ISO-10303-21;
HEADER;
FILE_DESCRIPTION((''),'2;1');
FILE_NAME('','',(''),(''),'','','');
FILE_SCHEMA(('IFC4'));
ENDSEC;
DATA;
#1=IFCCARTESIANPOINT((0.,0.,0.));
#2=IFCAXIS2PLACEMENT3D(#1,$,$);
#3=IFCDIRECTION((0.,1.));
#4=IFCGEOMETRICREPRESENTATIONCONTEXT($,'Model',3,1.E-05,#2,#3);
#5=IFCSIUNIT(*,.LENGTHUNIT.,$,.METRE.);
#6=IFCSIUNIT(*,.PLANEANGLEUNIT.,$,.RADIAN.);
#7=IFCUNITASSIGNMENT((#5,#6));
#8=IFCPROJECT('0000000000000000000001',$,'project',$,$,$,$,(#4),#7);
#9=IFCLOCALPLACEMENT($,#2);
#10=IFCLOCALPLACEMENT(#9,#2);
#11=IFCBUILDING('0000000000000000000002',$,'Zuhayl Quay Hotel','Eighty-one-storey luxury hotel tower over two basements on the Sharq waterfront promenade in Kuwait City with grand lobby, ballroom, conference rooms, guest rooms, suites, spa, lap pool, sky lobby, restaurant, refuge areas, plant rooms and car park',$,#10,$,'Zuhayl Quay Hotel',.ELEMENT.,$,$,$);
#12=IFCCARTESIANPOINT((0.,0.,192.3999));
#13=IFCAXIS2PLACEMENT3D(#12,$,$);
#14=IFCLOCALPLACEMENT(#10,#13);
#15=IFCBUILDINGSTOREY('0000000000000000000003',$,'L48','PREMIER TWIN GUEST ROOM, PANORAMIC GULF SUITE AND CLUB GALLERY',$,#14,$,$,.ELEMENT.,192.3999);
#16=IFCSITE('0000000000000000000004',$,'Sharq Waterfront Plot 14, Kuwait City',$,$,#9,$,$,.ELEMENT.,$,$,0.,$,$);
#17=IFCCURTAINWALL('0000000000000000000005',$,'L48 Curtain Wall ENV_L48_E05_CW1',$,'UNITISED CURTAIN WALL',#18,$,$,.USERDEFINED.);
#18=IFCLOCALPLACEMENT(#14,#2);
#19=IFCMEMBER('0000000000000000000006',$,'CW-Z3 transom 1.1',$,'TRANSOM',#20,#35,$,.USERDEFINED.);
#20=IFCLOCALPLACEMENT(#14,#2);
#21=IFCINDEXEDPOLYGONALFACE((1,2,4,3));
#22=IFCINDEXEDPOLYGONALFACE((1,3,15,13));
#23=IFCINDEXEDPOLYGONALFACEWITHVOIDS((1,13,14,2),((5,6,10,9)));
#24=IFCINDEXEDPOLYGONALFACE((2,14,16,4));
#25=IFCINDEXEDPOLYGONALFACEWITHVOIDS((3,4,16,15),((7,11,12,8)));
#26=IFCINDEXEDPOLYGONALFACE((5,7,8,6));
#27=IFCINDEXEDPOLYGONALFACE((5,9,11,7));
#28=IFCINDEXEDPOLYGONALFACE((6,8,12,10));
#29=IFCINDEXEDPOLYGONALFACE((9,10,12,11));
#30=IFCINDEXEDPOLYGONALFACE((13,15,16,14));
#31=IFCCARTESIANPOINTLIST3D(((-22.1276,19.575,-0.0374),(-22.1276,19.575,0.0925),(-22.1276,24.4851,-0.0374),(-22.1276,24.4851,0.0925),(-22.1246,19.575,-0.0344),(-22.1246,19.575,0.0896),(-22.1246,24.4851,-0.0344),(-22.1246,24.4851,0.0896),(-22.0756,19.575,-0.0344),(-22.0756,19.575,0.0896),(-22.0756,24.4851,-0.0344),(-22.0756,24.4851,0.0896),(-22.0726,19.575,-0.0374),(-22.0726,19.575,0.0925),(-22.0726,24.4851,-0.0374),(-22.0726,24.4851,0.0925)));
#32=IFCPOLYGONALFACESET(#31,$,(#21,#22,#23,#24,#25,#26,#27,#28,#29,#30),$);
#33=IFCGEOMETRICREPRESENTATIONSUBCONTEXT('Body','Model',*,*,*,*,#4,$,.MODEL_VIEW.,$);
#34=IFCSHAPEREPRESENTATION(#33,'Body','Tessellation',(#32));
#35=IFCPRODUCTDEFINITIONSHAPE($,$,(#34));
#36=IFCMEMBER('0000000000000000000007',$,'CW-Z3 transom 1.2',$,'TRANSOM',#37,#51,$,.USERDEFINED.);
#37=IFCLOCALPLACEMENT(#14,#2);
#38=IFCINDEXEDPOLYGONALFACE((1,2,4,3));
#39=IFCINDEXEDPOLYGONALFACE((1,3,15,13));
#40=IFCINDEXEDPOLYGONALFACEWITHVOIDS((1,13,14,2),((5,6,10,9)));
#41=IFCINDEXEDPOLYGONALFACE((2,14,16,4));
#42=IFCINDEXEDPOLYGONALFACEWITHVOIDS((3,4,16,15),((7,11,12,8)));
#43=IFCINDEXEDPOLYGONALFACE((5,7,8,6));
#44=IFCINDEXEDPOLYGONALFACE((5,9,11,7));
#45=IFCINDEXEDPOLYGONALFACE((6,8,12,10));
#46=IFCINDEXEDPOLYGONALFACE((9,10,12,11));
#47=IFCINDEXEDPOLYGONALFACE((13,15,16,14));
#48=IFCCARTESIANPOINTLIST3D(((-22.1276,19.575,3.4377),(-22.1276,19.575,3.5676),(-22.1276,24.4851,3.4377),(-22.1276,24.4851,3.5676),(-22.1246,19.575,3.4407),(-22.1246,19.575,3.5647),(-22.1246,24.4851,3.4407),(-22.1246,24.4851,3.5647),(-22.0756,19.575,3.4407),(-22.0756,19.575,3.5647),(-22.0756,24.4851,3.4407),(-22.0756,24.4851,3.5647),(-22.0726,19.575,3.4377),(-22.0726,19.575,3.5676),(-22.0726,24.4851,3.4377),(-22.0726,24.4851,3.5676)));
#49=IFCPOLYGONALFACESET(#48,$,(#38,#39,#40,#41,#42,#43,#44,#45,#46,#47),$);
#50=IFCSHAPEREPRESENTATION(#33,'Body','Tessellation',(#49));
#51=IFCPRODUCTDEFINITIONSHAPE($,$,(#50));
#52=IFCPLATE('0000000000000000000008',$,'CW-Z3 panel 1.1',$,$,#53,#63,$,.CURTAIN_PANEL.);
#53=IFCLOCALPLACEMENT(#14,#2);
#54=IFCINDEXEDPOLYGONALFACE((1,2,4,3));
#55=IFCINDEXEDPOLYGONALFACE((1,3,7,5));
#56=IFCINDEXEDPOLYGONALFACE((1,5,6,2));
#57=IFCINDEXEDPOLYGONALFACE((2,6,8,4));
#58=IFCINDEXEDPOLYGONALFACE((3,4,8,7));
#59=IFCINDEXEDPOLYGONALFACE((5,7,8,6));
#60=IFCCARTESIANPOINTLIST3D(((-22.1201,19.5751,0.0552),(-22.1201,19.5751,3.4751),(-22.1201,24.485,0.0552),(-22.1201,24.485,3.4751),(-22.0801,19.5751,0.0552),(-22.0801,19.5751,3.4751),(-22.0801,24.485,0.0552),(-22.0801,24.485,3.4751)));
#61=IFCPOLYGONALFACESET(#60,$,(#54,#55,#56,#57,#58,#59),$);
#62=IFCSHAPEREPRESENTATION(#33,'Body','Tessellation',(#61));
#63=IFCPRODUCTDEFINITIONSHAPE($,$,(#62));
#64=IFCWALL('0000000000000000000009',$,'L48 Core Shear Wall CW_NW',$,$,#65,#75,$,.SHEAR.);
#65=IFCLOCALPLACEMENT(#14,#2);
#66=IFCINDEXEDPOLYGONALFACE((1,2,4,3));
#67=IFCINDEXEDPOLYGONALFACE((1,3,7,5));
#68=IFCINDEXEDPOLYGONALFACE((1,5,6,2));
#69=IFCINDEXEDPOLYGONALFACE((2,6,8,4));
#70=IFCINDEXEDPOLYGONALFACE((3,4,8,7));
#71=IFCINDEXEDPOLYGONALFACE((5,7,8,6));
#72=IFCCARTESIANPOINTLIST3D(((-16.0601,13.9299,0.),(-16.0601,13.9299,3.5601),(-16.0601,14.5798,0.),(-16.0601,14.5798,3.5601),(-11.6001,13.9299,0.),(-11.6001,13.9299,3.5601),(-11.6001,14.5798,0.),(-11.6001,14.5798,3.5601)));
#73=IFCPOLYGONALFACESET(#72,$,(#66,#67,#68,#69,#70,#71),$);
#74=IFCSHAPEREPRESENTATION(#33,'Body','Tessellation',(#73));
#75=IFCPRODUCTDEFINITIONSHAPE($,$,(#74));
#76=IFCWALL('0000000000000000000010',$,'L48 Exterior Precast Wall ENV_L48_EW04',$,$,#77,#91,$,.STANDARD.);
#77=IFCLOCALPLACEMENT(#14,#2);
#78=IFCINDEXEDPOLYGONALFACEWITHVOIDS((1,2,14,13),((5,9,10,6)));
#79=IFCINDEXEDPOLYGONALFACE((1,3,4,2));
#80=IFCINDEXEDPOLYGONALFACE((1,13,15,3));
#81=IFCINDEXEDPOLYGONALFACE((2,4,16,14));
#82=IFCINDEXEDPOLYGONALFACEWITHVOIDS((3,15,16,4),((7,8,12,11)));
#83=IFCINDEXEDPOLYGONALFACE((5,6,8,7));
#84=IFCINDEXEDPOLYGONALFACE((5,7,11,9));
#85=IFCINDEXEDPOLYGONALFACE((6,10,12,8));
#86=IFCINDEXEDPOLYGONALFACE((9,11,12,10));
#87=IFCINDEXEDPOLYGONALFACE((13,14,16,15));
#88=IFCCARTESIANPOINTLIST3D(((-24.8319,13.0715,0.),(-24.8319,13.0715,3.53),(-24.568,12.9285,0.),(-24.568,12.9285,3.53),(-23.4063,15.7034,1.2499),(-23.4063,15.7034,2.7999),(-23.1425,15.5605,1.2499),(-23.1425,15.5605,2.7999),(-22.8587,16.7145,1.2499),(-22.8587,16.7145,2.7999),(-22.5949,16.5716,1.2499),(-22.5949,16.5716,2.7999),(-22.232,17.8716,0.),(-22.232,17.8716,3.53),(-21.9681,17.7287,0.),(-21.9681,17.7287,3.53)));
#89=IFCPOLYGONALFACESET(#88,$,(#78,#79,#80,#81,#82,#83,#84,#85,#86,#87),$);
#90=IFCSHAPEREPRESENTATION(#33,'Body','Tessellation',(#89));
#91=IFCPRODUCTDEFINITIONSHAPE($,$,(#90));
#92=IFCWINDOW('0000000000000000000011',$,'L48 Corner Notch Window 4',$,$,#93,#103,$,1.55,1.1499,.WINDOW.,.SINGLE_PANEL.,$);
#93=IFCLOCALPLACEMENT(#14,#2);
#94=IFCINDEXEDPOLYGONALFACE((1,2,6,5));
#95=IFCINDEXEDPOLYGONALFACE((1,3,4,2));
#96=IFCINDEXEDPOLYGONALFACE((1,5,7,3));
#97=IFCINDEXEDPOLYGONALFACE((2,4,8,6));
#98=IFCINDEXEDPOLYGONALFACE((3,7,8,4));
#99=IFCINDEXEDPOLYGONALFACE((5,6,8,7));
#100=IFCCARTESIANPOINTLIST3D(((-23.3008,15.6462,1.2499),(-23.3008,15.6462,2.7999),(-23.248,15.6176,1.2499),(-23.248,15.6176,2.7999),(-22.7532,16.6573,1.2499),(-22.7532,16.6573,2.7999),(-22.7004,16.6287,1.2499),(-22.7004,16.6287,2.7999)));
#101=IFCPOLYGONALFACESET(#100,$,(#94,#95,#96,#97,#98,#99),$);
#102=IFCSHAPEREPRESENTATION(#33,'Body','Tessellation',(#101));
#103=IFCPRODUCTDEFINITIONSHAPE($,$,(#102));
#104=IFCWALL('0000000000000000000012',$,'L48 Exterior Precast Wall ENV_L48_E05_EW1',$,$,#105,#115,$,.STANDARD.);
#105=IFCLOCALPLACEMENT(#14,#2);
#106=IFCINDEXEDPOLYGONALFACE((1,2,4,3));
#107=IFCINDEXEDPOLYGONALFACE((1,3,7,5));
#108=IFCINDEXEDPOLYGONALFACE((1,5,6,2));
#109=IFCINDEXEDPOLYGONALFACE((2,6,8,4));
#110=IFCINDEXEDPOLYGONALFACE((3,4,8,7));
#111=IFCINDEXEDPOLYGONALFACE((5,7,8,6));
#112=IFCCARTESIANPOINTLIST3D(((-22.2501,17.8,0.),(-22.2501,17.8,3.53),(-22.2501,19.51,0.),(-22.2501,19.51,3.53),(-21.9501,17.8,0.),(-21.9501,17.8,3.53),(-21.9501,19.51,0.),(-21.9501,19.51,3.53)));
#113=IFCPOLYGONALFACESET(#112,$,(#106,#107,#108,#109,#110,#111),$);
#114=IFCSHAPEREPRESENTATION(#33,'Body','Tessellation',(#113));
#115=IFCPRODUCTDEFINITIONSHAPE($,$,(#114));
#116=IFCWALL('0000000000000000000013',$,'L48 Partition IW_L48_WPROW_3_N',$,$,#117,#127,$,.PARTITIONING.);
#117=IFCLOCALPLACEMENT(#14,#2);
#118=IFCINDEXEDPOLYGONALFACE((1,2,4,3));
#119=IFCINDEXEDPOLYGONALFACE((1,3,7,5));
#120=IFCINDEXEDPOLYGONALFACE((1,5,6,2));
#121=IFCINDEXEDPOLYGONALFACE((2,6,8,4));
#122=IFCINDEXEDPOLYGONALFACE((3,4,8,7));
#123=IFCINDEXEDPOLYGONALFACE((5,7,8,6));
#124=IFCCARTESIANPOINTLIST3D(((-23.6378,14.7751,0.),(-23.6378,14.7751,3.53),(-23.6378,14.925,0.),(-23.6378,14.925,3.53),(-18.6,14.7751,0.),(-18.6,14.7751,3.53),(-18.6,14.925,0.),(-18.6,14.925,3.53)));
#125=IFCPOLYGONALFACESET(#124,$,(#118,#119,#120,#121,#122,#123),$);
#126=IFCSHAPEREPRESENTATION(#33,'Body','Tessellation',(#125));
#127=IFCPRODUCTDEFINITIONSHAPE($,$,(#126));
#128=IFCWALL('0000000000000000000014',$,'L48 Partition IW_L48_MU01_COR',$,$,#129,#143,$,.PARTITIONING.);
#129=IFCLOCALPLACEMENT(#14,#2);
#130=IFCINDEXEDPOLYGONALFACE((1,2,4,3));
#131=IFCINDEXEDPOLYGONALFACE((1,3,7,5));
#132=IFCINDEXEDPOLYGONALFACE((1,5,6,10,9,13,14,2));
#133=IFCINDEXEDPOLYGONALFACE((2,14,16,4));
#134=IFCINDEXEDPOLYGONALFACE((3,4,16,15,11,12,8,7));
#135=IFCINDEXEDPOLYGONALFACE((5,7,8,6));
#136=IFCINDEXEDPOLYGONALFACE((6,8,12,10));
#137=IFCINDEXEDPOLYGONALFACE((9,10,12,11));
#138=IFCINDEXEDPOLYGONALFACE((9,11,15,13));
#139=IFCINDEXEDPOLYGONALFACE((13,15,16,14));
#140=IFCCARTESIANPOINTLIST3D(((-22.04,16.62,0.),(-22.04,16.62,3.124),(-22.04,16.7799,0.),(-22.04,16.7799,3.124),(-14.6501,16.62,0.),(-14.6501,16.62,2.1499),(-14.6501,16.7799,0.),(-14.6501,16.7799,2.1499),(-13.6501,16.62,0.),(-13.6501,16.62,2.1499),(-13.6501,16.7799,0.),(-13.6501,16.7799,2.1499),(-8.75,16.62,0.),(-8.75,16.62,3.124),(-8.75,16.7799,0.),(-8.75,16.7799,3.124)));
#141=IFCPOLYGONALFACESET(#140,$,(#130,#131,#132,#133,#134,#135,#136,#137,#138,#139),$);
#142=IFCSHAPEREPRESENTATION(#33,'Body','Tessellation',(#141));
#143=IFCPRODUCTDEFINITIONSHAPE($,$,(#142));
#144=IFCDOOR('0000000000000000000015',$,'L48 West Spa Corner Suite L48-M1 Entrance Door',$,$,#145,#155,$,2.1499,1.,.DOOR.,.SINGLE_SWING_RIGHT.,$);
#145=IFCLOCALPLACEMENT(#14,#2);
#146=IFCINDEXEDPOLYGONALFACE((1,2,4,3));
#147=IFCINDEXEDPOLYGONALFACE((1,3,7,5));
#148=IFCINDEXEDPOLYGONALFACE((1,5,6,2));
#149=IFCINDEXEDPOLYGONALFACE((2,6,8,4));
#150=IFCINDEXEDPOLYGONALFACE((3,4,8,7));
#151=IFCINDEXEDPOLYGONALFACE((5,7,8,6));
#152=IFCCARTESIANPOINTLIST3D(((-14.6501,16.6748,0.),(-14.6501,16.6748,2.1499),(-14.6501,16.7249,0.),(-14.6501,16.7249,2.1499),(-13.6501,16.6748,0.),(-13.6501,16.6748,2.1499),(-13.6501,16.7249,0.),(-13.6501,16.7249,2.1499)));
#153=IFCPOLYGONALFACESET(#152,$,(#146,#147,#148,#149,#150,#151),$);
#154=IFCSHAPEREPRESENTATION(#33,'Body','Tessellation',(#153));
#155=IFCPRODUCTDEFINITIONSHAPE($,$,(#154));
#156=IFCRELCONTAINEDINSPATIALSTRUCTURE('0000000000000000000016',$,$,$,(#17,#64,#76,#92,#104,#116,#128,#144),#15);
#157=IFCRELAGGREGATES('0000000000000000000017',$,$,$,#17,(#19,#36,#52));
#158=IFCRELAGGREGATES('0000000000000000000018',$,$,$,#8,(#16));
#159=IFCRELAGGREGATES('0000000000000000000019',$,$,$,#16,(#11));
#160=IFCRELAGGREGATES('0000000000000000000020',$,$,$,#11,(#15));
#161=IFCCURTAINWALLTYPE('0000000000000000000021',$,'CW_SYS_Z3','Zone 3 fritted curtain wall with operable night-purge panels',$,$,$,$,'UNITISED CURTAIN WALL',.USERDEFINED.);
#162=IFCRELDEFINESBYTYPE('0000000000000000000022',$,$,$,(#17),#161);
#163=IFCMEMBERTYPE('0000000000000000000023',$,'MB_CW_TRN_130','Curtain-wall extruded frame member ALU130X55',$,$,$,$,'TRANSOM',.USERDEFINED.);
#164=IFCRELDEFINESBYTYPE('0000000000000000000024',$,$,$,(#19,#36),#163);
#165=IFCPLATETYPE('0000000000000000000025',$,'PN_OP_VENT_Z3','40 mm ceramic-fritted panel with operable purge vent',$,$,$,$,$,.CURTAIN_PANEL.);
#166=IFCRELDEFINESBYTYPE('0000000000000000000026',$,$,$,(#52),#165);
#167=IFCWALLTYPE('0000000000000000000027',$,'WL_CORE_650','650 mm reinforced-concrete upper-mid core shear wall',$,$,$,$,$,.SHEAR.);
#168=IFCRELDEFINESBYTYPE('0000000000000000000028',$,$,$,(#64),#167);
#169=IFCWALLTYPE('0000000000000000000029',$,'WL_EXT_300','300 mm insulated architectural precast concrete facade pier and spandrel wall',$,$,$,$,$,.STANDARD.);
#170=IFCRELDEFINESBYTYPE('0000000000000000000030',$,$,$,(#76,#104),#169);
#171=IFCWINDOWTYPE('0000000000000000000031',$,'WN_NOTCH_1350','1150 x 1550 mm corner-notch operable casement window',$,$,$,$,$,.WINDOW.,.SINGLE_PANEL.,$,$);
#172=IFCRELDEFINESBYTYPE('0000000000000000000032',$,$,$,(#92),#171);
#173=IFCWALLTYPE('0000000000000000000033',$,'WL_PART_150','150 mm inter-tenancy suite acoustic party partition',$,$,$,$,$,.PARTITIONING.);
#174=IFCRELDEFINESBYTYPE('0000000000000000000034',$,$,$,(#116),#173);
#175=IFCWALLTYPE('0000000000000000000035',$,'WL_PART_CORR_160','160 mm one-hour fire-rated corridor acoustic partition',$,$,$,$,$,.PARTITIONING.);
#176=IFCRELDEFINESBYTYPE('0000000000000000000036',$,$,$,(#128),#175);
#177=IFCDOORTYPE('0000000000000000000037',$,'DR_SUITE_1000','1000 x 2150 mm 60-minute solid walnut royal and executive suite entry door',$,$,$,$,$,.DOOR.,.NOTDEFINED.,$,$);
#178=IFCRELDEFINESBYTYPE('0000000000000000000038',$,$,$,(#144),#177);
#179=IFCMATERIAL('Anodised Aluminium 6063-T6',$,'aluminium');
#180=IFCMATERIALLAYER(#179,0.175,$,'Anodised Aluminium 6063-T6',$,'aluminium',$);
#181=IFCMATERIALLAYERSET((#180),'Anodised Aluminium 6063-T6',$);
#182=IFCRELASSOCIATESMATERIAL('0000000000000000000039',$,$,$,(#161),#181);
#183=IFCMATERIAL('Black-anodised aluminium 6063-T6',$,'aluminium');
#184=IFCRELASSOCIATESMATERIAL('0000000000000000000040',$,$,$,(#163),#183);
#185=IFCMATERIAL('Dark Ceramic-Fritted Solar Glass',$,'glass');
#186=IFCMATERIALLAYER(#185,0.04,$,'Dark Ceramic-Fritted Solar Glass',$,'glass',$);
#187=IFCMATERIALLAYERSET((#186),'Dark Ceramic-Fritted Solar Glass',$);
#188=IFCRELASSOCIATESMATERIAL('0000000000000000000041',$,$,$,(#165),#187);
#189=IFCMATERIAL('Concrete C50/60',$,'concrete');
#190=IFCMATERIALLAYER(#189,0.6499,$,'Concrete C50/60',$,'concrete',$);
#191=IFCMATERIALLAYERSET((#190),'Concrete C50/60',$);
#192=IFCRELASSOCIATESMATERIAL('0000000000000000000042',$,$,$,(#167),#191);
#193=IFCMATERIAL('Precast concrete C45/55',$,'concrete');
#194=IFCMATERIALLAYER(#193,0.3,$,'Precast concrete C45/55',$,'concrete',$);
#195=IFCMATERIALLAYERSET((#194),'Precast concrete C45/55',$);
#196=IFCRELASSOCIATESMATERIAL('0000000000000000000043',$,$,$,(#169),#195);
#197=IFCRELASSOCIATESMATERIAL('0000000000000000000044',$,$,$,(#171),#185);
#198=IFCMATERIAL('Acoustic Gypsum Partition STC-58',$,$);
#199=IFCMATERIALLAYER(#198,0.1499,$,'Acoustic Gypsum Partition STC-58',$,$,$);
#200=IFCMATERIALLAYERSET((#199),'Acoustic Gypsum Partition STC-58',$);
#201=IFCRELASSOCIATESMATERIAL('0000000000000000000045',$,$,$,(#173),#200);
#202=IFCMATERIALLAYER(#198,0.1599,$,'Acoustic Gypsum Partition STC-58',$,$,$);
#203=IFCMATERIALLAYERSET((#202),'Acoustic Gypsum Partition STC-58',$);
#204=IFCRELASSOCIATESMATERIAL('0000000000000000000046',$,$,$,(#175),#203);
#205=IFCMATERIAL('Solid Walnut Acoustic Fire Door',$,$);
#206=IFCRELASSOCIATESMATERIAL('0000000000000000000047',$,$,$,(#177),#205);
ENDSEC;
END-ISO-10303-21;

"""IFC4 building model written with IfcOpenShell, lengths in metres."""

from ifc_helpers import new_model, si_unit, direction, frame, frame_2d, origin, origin_2d, place, context, subcontext, project, spatial, rectangle, hollow_rectangle, extrude, material, layer, layer_set, material_profile, profile_set, type_object, element, fill, aggregate, save


model = new_model("IFC4")

# Units and contexts
model_context = context("Model", 3, precision=1e-05, world=origin(), true_north=direction((0.0, 1.0)))
body_context = subcontext(model_context, "Body", "Model", "MODEL_VIEW")
ifc_project = project(units=[si_unit("LENGTHUNIT", "METRE"), si_unit("PLANEANGLEUNIT", "RADIAN")], contexts=[model_context])

# Site, building, storey
site_placement = place(None, origin())
site = spatial("IfcSite", under=ifc_project, at=site_placement, Name="Sharq Waterfront Plot 14, Kuwait City", CompositionType="ELEMENT", RefElevation=0.0)
building_placement = place(site_placement, origin())
building = spatial("IfcBuilding", under=site, at=building_placement, Name="Zuhayl Quay Hotel", Description="Eighty-one-storey luxury hotel tower over two basements on the Sharq waterfront promenade in Kuwait City with grand lobby, ballroom, conference rooms, guest rooms, suites, spa, lap pool, sky lobby, restaurant, refuge areas, plant rooms and car park", LongName="Zuhayl Quay Hotel", CompositionType="ELEMENT")
storey_placement = place(building_placement, frame((0.0, 0.0, 192.3999)))
storey = spatial("IfcBuildingStorey", under=building, at=storey_placement, Name="L48", Description="PREMIER TWIN GUEST ROOM, PANORAMIC GULF SUITE AND CLUB GALLERY", CompositionType="ELEMENT", Elevation=192.3999)

# Curtain wall, members, plate
ifc_material_1 = material(Name="Anodised Aluminium 6063-T6", Category="aluminium")
ifc_layer_1 = layer(ifc_material_1, 0.175, Name="Anodised Aluminium 6063-T6", Category="aluminium")
ifc_layer_set_1 = layer_set([ifc_layer_1], Name="Anodised Aluminium 6063-T6")
curtain_wall_type = type_object("IfcCurtainWallType", Name="CW_SYS_Z3", Description="Zone 3 fritted curtain wall with operable night-purge panels", ElementType="UNITISED CURTAIN WALL", PredefinedType="USERDEFINED", material=ifc_layer_set_1)
curtain_wall_placement = place(storey_placement, origin())
curtain_wall = element("IfcCurtainWall", 1, at=curtain_wall_placement, inside=storey, type_object=curtain_wall_type, Name="L48 Curtain Wall ENV_L48_E05_CW1", ObjectType="UNITISED CURTAIN WALL", PredefinedType="USERDEFINED")
ifc_material_2 = material(Name="Black-anodised aluminium 6063-T6", Category="aluminium")
ifc_material_profile_1 = material_profile(ifc_material_2, hollow_rectangle(XDim=0.0549, YDim=0.1299, WallThickness=0.0029, at=origin_2d()), Name="ALU130X55")
ifc_profile_set_1 = profile_set([ifc_material_profile_1], Name="Black-anodised aluminium 6063-T6")
member_type_1 = type_object("IfcMemberType", Name="MB_CW_TRN_130", Description="Curtain-wall extruded frame member ALU130X55", ElementType="TRANSOM", PredefinedType="USERDEFINED", material=ifc_profile_set_1)
member_1_placement = place(storey_placement, frame((-22.1001, 19.575, 0.0276), z_axis=(0.0, 1.0, 0.0), x_axis=(-1.0, 0.0, 0.0)))
member_1 = element("IfcMember", 2, at=member_1_placement, type_object=member_type_1, Name="CW-Z3 transom 1.1", ObjectType="TRANSOM", PredefinedType="USERDEFINED", context=body_context, shape_type="SweptSolid", body=[
    extrude(hollow_rectangle(XDim=0.0549, YDim=0.1299, WallThickness=0.0029, at=origin_2d()), origin(), (0.0, 0.0, 1.0), 4.9102),
])
member_2_placement = place(storey_placement, frame((-22.1001, 19.575, 3.5027), z_axis=(0.0, 1.0, 0.0), x_axis=(-1.0, 0.0, 0.0)))
member_2 = element("IfcMember", 3, at=member_2_placement, type_object=member_type_1, Name="CW-Z3 transom 1.2", ObjectType="TRANSOM", PredefinedType="USERDEFINED", context=body_context, shape_type="SweptSolid", body=[
    extrude(hollow_rectangle(XDim=0.0549, YDim=0.1299, WallThickness=0.0029, at=origin_2d()), origin(), (0.0, 0.0, 1.0), 4.9102),
])
ifc_material_3 = material(Name="Dark Ceramic-Fritted Solar Glass", Category="glass")
ifc_layer_2 = layer(ifc_material_3, 0.04, Name="Dark Ceramic-Fritted Solar Glass", Category="glass")
ifc_layer_set_2 = layer_set([ifc_layer_2], Name="Dark Ceramic-Fritted Solar Glass")
plate_type = type_object("IfcPlateType", Name="PN_OP_VENT_Z3", Description="40 mm ceramic-fritted panel with operable purge vent", PredefinedType="CURTAIN_PANEL", material=ifc_layer_set_2)
plate_placement = place(storey_placement, frame((-22.1001, 22.03, 0.0552), z_axis=(0.0, 0.0, 1.0), x_axis=(0.0, 1.0, 0.0)))
plate = element("IfcPlate", 4, at=plate_placement, type_object=plate_type, Name="CW-Z3 panel 1.1", PredefinedType="CURTAIN_PANEL", context=body_context, shape_type="SweptSolid", body=[
    extrude(rectangle(XDim=4.9099, YDim=0.04, at=origin_2d()), origin(), (0.0, 0.0, 1.0), 3.4199),
])
aggregate(curtain_wall, [member_1, member_2, plate])

# Wall
ifc_material_4 = material(Name="Concrete C50/60", Category="concrete")
ifc_layer_3 = layer(ifc_material_4, 0.6499, Name="Concrete C50/60", Category="concrete")
ifc_layer_set_3 = layer_set([ifc_layer_3], Name="Concrete C50/60")
wall_type_1 = type_object("IfcWallType", Name="WL_CORE_650", Description="650 mm reinforced-concrete upper-mid core shear wall", PredefinedType="SHEAR", material=ifc_layer_set_3)
wall_1_placement = place(storey_placement, frame((-16.0601, 14.2549, 0.0), z_axis=(0.0, 0.0, 1.0), x_axis=(1.0, 0.0, 0.0)))
element("IfcWall", 5, at=wall_1_placement, inside=storey, type_object=wall_type_1, Name="L48 Core Shear Wall CW_NW", PredefinedType="SHEAR", context=body_context, shape_type="SweptSolid", body=[
    extrude(rectangle(XDim=4.46, YDim=0.6499, at=frame_2d((2.23, 0.0))), origin(), (0.0, 0.0, 1.0), 3.5601),
])

# Wall, opening, window
ifc_material_5 = material(Name="Precast concrete C45/55", Category="concrete")
ifc_layer_4 = layer(ifc_material_5, 0.3, Name="Precast concrete C45/55", Category="concrete")
ifc_layer_set_4 = layer_set([ifc_layer_4], Name="Precast concrete C45/55")
wall_type_2 = type_object("IfcWallType", Name="WL_EXT_300", Description="300 mm insulated architectural precast concrete facade pier and spandrel wall", PredefinedType="STANDARD", material=ifc_layer_set_4)
wall_2_placement = place(storey_placement, frame((-24.7, 13.0, 0.0), z_axis=(0.0, 0.0, 1.0), x_axis=(0.476259, 0.879305, 0.0)))
wall_2 = element("IfcWall", 6, at=wall_2_placement, inside=storey, type_object=wall_type_2, Name="L48 Exterior Precast Wall ENV_L48_EW04", PredefinedType="STANDARD", context=body_context, shape_type="SweptSolid", body=[
    extrude(rectangle(XDim=5.459, YDim=0.3, at=frame_2d((2.7295, 0.0))), origin(), (0.0, 0.0, 1.0), 3.53),
])
opening_1_placement = place(wall_2_placement, frame((2.9932, 0.0, 1.25)))
opening_1 = element("IfcOpeningElement", 7, at=opening_1_placement, cuts=wall_2, PredefinedType="OPENING", context=body_context, shape_type="SweptSolid", body=[
    extrude(rectangle(XDim=1.1499, YDim=1.55, at=frame_2d((0.575, 0.7749))), frame((0.0, 0.1599, 0.0), z_axis=(0.0, -1.0, 0.0), x_axis=(1.0, 0.0, 0.0)), (0.0, 0.0, 1.0), 0.3201),
])
window_type = type_object("IfcWindowType", Name="WN_NOTCH_1350", Description="1150 x 1550 mm corner-notch operable casement window", PartitioningType="SINGLE_PANEL", PredefinedType="WINDOW", material=ifc_material_3)
window_placement = place(opening_1_placement, origin())
window = element("IfcWindow", 8, at=window_placement, inside=storey, type_object=window_type, Name="L48 Corner Notch Window 4", OverallHeight=1.55, OverallWidth=1.1499, PartitioningType="SINGLE_PANEL", PredefinedType="WINDOW", context=body_context, shape_type="SweptSolid", body=[
    extrude(rectangle(XDim=1.1499, YDim=1.55, at=frame_2d((0.575, 0.7749))), frame((0.0, 0.03, 0.0), z_axis=(0.0, -1.0, 0.0), x_axis=(1.0, 0.0, 0.0)), (0.0, 0.0, 1.0), 0.0601),
])
fill(opening_1, window)

# Walls
wall_3_placement = place(storey_placement, frame((-22.1001, 17.8, 0.0), z_axis=(0.0, 0.0, 1.0), x_axis=(0.0, 1.0, 0.0)))
element("IfcWall", 9, at=wall_3_placement, inside=storey, type_object=wall_type_2, Name="L48 Exterior Precast Wall ENV_L48_E05_EW1", PredefinedType="STANDARD", context=body_context, shape_type="SweptSolid", body=[
    extrude(rectangle(XDim=1.71, YDim=0.3, at=frame_2d((0.855, 0.0))), origin(), (0.0, 0.0, 1.0), 3.53),
])
ifc_material_6 = material(Name="Acoustic Gypsum Partition STC-58")
ifc_layer_5 = layer(ifc_material_6, 0.1499, Name="Acoustic Gypsum Partition STC-58")
ifc_layer_set_5 = layer_set([ifc_layer_5], Name="Acoustic Gypsum Partition STC-58")
wall_type_3 = type_object("IfcWallType", Name="WL_PART_150", Description="150 mm inter-tenancy suite acoustic party partition", PredefinedType="PARTITIONING", material=ifc_layer_set_5)
wall_4_placement = place(storey_placement, frame((-23.6379, 14.8501, 0.0), z_axis=(0.0, 0.0, 1.0), x_axis=(1.0, 0.0, 0.0)))
element("IfcWall", 10, at=wall_4_placement, inside=storey, type_object=wall_type_3, Name="L48 Partition IW_L48_WPROW_3_N", PredefinedType="PARTITIONING", context=body_context, shape_type="SweptSolid", body=[
    extrude(rectangle(XDim=5.0378, YDim=0.1499, at=frame_2d((2.519, 0.0))), origin(), (0.0, 0.0, 1.0), 3.53),
])

# Wall, opening, door
ifc_layer_6 = layer(ifc_material_6, 0.1599, Name="Acoustic Gypsum Partition STC-58")
ifc_layer_set_6 = layer_set([ifc_layer_6], Name="Acoustic Gypsum Partition STC-58")
wall_type_4 = type_object("IfcWallType", Name="WL_PART_CORR_160", Description="160 mm one-hour fire-rated corridor acoustic partition", PredefinedType="PARTITIONING", material=ifc_layer_set_6)
wall_5_placement = place(storey_placement, frame((-22.04, 16.7, 0.0), z_axis=(0.0, 0.0, 1.0), x_axis=(1.0, 0.0, 0.0)))
wall_5 = element("IfcWall", 11, at=wall_5_placement, inside=storey, type_object=wall_type_4, Name="L48 Partition IW_L48_MU01_COR", PredefinedType="PARTITIONING", context=body_context, shape_type="SweptSolid", body=[
    extrude(rectangle(XDim=13.29, YDim=0.1599, at=frame_2d((6.645, 0.0))), origin(), (0.0, 0.0, 1.0), 3.124),
])
opening_2_placement = place(wall_5_placement, frame((7.3899, 0.0, 0.0)))
opening_2 = element("IfcOpeningElement", 12, at=opening_2_placement, cuts=wall_5, PredefinedType="OPENING", context=body_context, shape_type="SweptSolid", body=[
    extrude(rectangle(XDim=1.0, YDim=2.1499, at=frame_2d((0.5, 1.075))), frame((0.0, 0.0898, 0.0), z_axis=(0.0, -1.0, 0.0), x_axis=(1.0, 0.0, 0.0)), (0.0, 0.0, 1.0), 0.1799),
])
ifc_material_7 = material(Name="Solid Walnut Acoustic Fire Door")
door_type_1 = type_object("IfcDoorType", Name="DR_SUITE_1000", Description="1000 x 2150 mm 60-minute solid walnut royal and executive suite entry door", OperationType="NOTDEFINED", PredefinedType="DOOR", material=ifc_material_7)
door_1_placement = place(opening_2_placement, origin())
door_1 = element("IfcDoor", 13, at=door_1_placement, inside=storey, type_object=door_type_1, Name="L48 West Spa Corner Suite L48-M1 Entrance Door", OperationType="SINGLE_SWING_RIGHT", OverallHeight=2.1499, OverallWidth=1.0, PredefinedType="DOOR", context=body_context, shape_type="SweptSolid", body=[
    extrude(rectangle(XDim=1.0, YDim=2.1499, at=frame_2d((0.5, 1.075))), frame((0.0, 0.0249, 0.0), z_axis=(0.0, -1.0, 0.0), x_axis=(1.0, 0.0, 0.0)), (0.0, 0.0, 1.0), 0.05),
])
fill(opening_2, door_1)

save(model, "model.ifc")
